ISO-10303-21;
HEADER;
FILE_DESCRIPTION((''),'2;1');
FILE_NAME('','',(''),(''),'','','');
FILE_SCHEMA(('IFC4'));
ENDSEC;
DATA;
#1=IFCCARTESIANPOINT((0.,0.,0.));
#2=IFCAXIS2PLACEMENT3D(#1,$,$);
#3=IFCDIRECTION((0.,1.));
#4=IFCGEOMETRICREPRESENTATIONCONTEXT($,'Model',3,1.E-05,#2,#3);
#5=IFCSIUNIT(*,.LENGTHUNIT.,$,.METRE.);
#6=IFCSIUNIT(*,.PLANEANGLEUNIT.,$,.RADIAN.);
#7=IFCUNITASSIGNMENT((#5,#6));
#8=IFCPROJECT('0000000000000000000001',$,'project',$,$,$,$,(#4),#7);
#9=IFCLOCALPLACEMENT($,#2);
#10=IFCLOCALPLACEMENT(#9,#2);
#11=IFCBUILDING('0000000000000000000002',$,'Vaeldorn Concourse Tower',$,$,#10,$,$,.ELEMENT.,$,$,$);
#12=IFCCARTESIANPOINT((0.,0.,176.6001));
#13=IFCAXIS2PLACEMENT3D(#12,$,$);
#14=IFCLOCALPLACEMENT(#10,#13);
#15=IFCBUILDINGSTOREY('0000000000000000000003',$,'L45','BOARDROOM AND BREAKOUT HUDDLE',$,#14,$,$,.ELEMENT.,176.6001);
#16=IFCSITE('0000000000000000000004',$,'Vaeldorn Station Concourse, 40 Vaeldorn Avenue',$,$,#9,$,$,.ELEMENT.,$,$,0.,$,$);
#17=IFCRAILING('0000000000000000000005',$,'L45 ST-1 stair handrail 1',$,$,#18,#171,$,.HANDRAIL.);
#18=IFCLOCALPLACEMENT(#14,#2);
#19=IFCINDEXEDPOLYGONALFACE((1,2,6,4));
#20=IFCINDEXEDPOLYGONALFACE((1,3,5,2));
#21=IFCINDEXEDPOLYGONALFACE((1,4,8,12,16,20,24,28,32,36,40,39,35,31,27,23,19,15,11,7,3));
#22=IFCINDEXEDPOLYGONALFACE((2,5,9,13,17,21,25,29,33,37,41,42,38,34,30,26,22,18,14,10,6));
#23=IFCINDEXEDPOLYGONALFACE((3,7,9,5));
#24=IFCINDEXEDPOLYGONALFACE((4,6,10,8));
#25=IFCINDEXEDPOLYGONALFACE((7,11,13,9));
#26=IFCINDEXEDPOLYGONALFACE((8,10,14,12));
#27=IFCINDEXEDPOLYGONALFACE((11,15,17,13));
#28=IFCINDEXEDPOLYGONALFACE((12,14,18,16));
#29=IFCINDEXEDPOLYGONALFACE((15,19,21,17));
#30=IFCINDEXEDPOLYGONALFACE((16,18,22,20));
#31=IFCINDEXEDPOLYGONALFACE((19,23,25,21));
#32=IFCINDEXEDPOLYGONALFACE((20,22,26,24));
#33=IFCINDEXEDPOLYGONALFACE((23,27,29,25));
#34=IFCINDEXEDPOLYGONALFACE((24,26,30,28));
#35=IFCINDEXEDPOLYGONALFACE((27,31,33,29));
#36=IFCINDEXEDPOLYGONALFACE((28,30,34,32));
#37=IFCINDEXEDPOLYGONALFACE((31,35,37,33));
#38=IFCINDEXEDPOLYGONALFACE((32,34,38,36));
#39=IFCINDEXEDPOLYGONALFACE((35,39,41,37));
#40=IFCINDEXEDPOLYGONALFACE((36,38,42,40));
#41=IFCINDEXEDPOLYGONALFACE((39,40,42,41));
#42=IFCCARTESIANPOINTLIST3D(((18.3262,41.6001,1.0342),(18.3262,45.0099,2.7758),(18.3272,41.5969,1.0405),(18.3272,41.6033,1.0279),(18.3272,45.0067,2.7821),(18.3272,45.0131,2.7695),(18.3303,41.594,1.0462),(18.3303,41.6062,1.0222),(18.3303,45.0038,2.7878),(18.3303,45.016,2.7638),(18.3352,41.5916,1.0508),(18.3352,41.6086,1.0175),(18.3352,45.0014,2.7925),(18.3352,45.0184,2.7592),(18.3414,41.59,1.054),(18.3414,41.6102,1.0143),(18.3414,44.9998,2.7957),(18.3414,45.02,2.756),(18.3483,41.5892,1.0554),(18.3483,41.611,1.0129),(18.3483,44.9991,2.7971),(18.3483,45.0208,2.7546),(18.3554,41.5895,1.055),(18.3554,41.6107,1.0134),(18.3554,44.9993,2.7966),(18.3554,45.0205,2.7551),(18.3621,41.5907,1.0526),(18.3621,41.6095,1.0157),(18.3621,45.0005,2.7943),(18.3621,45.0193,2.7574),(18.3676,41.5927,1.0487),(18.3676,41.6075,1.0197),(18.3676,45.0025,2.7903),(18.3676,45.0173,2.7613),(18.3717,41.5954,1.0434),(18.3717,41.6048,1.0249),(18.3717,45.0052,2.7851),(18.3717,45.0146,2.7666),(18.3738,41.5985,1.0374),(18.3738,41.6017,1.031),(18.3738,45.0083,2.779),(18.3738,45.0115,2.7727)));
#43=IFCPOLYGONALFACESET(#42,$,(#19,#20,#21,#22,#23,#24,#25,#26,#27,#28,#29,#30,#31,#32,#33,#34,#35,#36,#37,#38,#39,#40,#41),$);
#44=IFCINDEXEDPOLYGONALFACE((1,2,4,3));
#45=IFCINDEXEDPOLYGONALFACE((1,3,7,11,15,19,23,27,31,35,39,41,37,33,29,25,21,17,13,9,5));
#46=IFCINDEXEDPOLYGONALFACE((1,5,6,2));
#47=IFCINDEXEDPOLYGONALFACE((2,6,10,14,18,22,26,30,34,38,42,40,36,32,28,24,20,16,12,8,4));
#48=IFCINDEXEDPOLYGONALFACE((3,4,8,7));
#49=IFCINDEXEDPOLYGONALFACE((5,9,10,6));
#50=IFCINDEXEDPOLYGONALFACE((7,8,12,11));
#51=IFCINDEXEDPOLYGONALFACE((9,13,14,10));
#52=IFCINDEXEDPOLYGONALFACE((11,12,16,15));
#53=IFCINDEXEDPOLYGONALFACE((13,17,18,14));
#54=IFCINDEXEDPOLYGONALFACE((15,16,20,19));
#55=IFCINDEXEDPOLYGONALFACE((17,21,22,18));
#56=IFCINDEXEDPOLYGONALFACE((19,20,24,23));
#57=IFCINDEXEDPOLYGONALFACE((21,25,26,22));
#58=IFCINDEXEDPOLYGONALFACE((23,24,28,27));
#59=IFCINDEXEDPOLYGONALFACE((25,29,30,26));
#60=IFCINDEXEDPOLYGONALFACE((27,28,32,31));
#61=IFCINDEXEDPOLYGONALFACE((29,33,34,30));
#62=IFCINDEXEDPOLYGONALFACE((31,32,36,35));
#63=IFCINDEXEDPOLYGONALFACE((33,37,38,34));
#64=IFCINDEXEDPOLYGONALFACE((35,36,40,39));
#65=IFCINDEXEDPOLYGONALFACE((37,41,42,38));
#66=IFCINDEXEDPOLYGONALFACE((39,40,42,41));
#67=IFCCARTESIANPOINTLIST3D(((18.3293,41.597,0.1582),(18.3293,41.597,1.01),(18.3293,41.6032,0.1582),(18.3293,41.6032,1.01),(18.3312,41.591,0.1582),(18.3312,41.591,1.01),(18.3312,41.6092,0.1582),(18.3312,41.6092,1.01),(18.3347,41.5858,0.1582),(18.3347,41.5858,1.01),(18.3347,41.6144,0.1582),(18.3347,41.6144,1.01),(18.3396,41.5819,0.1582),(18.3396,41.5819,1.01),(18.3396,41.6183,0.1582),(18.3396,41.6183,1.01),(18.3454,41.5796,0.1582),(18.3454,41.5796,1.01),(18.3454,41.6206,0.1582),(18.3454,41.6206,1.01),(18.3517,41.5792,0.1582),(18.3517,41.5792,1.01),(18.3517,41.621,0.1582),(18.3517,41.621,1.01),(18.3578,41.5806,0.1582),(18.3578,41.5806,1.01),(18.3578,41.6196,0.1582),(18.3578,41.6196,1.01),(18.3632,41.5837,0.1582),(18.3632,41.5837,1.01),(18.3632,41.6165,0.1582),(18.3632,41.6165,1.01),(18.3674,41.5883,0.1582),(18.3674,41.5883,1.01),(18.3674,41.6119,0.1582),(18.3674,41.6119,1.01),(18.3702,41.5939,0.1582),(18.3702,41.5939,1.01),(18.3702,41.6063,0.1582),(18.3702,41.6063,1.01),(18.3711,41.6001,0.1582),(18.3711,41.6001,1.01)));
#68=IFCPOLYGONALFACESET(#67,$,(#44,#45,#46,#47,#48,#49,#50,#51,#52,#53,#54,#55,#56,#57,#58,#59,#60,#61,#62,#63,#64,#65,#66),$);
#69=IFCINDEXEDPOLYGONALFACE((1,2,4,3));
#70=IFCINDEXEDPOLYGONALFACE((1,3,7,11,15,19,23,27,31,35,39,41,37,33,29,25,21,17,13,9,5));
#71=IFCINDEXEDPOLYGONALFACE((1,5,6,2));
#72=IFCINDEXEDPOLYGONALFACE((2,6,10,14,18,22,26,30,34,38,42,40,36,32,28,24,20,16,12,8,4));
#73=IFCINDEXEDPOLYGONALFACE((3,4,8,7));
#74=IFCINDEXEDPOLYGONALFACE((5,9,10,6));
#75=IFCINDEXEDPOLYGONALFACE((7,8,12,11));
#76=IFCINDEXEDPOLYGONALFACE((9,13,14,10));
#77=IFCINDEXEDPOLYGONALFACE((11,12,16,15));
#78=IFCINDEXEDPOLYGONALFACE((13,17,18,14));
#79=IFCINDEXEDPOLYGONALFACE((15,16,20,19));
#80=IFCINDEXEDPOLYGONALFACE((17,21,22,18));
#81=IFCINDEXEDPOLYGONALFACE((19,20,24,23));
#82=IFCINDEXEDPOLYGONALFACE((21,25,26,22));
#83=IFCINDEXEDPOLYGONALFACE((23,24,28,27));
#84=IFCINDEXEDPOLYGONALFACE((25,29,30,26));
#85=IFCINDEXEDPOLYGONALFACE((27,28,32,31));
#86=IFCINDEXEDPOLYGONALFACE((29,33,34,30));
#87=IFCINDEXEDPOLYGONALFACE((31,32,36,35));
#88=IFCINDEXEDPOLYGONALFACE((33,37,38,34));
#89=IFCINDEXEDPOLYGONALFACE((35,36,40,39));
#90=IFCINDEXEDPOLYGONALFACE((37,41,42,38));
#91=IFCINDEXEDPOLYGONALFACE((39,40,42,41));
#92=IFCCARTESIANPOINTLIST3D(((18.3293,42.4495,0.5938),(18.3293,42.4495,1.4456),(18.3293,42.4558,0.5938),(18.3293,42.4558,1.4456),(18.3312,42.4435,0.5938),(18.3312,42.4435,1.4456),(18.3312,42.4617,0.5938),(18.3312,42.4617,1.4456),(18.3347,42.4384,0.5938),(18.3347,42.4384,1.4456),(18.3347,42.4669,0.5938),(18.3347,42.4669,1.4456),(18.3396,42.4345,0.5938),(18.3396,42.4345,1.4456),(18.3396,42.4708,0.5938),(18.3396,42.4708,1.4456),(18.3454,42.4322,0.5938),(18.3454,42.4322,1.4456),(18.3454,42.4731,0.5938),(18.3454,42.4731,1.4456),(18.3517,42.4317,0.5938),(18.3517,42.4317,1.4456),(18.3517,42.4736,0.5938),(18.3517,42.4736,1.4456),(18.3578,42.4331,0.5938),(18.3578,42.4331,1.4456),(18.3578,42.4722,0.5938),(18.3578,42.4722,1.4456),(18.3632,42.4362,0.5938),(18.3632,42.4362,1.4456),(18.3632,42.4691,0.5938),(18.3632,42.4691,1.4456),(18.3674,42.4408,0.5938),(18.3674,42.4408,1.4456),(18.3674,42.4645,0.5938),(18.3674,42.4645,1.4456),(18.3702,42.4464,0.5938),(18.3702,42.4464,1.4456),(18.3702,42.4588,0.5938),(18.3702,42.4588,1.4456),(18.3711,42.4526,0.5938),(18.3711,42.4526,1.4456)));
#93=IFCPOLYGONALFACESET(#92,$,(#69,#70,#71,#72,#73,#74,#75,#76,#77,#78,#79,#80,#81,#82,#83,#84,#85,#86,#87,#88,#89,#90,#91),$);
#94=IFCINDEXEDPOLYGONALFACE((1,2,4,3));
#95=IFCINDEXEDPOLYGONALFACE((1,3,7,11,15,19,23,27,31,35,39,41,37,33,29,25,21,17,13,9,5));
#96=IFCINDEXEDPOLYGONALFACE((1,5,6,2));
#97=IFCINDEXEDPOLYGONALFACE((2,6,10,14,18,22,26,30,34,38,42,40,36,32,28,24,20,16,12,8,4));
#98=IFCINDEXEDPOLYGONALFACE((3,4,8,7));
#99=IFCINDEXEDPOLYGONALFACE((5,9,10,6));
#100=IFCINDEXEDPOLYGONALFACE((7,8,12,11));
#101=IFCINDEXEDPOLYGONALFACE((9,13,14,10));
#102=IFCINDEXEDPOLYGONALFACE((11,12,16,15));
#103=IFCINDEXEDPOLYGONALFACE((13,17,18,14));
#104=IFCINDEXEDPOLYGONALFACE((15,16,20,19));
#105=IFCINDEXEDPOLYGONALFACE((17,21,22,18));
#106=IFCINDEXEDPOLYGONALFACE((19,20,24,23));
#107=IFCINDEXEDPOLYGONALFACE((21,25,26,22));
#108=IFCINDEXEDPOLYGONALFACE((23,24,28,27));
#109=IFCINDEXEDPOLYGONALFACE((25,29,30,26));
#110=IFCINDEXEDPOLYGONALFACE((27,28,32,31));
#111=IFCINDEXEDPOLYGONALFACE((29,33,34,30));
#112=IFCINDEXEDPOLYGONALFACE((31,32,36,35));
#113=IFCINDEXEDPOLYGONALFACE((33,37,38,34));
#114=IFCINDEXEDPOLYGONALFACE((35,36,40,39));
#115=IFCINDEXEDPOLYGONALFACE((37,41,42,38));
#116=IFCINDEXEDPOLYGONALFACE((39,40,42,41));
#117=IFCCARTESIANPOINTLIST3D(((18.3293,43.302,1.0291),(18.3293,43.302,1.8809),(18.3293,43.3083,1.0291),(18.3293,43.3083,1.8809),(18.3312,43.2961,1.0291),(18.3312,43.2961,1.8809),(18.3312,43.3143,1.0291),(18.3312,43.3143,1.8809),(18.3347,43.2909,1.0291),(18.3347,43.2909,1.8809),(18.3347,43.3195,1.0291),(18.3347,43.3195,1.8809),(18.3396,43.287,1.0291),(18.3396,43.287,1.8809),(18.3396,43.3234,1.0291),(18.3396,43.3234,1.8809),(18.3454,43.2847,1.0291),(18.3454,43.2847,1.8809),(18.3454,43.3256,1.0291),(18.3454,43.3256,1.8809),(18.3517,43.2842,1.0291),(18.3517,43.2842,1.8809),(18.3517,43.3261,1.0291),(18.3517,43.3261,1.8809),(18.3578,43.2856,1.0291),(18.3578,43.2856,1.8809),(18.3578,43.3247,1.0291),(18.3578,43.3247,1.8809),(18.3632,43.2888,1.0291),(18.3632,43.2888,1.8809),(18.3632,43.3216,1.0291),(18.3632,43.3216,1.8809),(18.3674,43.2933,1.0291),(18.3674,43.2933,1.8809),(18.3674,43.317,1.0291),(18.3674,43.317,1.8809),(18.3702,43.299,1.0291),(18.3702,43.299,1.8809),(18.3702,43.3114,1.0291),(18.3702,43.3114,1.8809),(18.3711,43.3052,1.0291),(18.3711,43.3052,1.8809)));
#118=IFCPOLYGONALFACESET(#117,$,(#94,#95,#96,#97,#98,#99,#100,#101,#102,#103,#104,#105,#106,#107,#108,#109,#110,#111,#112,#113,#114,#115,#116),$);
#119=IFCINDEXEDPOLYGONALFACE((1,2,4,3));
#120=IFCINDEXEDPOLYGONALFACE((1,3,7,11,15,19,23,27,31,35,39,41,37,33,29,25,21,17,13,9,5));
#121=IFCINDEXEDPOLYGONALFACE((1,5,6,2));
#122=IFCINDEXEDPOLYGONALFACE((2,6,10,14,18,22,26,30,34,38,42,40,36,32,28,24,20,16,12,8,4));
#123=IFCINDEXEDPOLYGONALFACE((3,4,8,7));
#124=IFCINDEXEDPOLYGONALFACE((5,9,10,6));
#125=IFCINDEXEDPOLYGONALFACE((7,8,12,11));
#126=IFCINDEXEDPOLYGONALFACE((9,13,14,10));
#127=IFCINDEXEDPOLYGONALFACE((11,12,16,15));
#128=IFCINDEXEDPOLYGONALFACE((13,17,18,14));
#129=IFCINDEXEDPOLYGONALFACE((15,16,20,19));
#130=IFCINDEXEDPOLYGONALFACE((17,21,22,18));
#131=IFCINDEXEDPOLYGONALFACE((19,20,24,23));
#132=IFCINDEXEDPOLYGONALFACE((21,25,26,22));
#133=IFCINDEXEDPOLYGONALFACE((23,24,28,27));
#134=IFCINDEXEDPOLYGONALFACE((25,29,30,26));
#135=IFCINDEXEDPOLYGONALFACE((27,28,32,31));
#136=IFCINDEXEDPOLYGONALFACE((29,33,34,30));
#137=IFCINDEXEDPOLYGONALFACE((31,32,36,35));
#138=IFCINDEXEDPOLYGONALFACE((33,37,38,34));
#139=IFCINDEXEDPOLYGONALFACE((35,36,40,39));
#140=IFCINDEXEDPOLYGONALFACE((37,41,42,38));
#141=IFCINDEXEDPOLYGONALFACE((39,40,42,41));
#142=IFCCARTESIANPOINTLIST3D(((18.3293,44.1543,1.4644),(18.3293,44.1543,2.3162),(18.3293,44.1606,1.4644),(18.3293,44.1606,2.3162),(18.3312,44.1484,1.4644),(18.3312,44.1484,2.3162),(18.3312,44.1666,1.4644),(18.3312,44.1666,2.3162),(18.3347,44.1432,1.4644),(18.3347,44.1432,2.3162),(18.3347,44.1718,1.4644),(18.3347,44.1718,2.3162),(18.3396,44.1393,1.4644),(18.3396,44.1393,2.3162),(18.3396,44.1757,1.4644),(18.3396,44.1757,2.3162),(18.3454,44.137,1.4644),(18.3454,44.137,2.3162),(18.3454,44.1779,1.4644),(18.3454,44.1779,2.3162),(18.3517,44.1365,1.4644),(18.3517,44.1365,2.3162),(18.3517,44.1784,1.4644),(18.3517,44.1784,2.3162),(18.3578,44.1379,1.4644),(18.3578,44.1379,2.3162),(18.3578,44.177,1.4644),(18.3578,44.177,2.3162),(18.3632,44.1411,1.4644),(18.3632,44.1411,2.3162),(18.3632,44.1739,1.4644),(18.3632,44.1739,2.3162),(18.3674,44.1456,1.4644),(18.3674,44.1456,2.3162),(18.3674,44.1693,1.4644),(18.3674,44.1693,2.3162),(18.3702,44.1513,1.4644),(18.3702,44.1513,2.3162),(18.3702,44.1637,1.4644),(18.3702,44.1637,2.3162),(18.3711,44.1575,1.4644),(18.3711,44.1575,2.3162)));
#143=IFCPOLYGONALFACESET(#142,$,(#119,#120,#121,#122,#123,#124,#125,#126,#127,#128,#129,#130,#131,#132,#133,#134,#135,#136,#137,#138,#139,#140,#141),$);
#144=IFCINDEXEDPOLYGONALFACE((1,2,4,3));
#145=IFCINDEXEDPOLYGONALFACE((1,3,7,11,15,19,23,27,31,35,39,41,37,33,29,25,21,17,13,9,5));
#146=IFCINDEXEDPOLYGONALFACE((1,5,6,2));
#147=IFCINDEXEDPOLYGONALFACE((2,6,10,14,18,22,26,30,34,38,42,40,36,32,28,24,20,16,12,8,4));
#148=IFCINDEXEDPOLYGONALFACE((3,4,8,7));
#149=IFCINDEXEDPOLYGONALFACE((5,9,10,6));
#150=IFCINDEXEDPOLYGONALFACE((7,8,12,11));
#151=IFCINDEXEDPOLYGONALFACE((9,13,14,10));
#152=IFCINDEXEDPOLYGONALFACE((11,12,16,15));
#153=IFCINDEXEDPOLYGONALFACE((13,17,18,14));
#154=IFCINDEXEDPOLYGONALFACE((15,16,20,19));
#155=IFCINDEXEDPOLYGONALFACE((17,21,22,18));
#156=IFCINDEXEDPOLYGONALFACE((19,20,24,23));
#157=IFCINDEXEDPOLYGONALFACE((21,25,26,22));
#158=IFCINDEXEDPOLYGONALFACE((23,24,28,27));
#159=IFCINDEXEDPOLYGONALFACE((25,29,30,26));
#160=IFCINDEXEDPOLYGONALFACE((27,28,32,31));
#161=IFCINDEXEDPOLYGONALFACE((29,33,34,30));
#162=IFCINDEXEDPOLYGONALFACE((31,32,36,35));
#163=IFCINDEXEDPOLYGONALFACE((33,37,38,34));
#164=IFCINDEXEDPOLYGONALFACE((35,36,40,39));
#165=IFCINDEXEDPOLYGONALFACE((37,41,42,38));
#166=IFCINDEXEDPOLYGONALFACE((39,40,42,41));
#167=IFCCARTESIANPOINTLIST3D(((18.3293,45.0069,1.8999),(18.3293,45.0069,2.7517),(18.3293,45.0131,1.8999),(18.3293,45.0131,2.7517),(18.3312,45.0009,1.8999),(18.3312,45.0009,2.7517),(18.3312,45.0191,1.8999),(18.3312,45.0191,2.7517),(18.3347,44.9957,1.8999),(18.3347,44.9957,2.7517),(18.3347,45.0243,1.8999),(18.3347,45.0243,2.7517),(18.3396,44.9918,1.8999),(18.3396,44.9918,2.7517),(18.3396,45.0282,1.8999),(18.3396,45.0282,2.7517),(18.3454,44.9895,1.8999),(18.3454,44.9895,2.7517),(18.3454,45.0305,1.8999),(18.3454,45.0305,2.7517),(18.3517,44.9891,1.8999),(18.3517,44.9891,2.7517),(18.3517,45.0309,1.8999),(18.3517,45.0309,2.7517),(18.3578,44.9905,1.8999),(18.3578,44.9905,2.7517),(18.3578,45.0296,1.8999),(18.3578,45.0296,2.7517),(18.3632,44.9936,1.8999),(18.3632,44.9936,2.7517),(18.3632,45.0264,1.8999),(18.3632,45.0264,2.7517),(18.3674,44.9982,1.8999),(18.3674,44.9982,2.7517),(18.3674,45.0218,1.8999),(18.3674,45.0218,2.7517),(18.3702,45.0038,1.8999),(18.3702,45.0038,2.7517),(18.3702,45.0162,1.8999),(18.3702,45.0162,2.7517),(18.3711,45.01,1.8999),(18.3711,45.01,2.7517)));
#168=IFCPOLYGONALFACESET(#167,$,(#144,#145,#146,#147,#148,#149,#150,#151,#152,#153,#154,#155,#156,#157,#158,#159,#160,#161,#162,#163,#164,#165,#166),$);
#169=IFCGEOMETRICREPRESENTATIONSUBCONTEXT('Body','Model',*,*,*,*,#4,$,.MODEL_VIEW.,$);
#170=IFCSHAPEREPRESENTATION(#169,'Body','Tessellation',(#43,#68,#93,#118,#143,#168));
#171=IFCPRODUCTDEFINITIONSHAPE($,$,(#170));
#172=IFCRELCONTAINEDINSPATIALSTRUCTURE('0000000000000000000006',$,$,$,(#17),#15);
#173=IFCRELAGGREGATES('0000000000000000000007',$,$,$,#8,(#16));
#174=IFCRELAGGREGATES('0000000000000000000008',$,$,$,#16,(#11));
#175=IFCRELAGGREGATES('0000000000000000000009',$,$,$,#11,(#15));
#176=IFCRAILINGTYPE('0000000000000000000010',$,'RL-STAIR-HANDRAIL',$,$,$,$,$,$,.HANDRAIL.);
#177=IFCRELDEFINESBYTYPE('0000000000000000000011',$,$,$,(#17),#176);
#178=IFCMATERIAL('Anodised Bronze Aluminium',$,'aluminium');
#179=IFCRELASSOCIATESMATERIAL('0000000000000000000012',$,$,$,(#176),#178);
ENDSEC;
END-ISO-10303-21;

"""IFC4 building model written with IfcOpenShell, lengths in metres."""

from ifc_helpers import new_model, si_unit, direction, frame, origin, origin_2d, place, context, subcontext, project, spatial, circle, extrude, material, type_object, element, save


model = new_model("IFC4")

# Units and contexts
model_context = context("Model", 3, precision=1e-05, world=origin(), true_north=direction((0.0, 1.0)))
body_context = subcontext(model_context, "Body", "Model", "MODEL_VIEW")
ifc_project = project(units=[si_unit("LENGTHUNIT", "METRE"), si_unit("PLANEANGLEUNIT", "RADIAN")], contexts=[model_context])

# Site, building, storey
site_placement = place(None, origin())
site = spatial("IfcSite", under=ifc_project, at=site_placement, Name="Vaeldorn Station Concourse, 40 Vaeldorn Avenue", CompositionType="ELEMENT", RefElevation=0.0)
building_placement = place(site_placement, origin())
building = spatial("IfcBuilding", under=site, at=building_placement, Name="Vaeldorn Concourse Tower", CompositionType="ELEMENT")
storey_placement = place(building_placement, frame((0.0, 0.0, 176.6001)))
storey = spatial("IfcBuildingStorey", under=building, at=storey_placement, Name="L45", Description="BOARDROOM AND BREAKOUT HUDDLE", CompositionType="ELEMENT", Elevation=176.6001)

# Shared definitions
ifc_material_1 = material(Name="Anodised Bronze Aluminium", Category="aluminium")

# Railing
railing_type = type_object("IfcRailingType", Name="RL-STAIR-HANDRAIL", PredefinedType="HANDRAIL", material=ifc_material_1)
railing_placement = place(storey_placement, frame((18.3501, 41.6001, 0.1582)))
element("IfcRailing", 1, at=railing_placement, inside=storey, type_object=railing_type, Name="L45 ST-1 stair handrail 1", PredefinedType="HANDRAIL", context=body_context, shape_type="SweptSolid", body=[
    extrude(circle(Radius=0.0239, at=origin_2d()), frame((0.0, 0.0, 0.876), z_axis=(0.0, 0.890556, 0.454874), x_axis=(-1.0, 0.0, 0.0)), (0.0, 0.0, 1.0), 3.8289),
    extrude(circle(Radius=0.021, at=origin_2d()), origin(), (0.0, 0.0, 1.0), 0.8518),
    extrude(circle(Radius=0.021, at=origin_2d()), frame((0.0, 0.8525, 0.4355)), (0.0, 0.0, 1.0), 0.8518),
    extrude(circle(Radius=0.021, at=origin_2d()), frame((0.0, 1.7051, 0.8708)), (0.0, 0.0, 1.0), 0.8518),
    extrude(circle(Radius=0.021, at=origin_2d()), frame((0.0, 2.5574, 1.3062)), (0.0, 0.0, 1.0), 0.8518),
    extrude(circle(Radius=0.021, at=origin_2d()), frame((0.0, 3.4099, 1.7417)), (0.0, 0.0, 1.0), 0.8518),
])

save(model, "model.ifc")
